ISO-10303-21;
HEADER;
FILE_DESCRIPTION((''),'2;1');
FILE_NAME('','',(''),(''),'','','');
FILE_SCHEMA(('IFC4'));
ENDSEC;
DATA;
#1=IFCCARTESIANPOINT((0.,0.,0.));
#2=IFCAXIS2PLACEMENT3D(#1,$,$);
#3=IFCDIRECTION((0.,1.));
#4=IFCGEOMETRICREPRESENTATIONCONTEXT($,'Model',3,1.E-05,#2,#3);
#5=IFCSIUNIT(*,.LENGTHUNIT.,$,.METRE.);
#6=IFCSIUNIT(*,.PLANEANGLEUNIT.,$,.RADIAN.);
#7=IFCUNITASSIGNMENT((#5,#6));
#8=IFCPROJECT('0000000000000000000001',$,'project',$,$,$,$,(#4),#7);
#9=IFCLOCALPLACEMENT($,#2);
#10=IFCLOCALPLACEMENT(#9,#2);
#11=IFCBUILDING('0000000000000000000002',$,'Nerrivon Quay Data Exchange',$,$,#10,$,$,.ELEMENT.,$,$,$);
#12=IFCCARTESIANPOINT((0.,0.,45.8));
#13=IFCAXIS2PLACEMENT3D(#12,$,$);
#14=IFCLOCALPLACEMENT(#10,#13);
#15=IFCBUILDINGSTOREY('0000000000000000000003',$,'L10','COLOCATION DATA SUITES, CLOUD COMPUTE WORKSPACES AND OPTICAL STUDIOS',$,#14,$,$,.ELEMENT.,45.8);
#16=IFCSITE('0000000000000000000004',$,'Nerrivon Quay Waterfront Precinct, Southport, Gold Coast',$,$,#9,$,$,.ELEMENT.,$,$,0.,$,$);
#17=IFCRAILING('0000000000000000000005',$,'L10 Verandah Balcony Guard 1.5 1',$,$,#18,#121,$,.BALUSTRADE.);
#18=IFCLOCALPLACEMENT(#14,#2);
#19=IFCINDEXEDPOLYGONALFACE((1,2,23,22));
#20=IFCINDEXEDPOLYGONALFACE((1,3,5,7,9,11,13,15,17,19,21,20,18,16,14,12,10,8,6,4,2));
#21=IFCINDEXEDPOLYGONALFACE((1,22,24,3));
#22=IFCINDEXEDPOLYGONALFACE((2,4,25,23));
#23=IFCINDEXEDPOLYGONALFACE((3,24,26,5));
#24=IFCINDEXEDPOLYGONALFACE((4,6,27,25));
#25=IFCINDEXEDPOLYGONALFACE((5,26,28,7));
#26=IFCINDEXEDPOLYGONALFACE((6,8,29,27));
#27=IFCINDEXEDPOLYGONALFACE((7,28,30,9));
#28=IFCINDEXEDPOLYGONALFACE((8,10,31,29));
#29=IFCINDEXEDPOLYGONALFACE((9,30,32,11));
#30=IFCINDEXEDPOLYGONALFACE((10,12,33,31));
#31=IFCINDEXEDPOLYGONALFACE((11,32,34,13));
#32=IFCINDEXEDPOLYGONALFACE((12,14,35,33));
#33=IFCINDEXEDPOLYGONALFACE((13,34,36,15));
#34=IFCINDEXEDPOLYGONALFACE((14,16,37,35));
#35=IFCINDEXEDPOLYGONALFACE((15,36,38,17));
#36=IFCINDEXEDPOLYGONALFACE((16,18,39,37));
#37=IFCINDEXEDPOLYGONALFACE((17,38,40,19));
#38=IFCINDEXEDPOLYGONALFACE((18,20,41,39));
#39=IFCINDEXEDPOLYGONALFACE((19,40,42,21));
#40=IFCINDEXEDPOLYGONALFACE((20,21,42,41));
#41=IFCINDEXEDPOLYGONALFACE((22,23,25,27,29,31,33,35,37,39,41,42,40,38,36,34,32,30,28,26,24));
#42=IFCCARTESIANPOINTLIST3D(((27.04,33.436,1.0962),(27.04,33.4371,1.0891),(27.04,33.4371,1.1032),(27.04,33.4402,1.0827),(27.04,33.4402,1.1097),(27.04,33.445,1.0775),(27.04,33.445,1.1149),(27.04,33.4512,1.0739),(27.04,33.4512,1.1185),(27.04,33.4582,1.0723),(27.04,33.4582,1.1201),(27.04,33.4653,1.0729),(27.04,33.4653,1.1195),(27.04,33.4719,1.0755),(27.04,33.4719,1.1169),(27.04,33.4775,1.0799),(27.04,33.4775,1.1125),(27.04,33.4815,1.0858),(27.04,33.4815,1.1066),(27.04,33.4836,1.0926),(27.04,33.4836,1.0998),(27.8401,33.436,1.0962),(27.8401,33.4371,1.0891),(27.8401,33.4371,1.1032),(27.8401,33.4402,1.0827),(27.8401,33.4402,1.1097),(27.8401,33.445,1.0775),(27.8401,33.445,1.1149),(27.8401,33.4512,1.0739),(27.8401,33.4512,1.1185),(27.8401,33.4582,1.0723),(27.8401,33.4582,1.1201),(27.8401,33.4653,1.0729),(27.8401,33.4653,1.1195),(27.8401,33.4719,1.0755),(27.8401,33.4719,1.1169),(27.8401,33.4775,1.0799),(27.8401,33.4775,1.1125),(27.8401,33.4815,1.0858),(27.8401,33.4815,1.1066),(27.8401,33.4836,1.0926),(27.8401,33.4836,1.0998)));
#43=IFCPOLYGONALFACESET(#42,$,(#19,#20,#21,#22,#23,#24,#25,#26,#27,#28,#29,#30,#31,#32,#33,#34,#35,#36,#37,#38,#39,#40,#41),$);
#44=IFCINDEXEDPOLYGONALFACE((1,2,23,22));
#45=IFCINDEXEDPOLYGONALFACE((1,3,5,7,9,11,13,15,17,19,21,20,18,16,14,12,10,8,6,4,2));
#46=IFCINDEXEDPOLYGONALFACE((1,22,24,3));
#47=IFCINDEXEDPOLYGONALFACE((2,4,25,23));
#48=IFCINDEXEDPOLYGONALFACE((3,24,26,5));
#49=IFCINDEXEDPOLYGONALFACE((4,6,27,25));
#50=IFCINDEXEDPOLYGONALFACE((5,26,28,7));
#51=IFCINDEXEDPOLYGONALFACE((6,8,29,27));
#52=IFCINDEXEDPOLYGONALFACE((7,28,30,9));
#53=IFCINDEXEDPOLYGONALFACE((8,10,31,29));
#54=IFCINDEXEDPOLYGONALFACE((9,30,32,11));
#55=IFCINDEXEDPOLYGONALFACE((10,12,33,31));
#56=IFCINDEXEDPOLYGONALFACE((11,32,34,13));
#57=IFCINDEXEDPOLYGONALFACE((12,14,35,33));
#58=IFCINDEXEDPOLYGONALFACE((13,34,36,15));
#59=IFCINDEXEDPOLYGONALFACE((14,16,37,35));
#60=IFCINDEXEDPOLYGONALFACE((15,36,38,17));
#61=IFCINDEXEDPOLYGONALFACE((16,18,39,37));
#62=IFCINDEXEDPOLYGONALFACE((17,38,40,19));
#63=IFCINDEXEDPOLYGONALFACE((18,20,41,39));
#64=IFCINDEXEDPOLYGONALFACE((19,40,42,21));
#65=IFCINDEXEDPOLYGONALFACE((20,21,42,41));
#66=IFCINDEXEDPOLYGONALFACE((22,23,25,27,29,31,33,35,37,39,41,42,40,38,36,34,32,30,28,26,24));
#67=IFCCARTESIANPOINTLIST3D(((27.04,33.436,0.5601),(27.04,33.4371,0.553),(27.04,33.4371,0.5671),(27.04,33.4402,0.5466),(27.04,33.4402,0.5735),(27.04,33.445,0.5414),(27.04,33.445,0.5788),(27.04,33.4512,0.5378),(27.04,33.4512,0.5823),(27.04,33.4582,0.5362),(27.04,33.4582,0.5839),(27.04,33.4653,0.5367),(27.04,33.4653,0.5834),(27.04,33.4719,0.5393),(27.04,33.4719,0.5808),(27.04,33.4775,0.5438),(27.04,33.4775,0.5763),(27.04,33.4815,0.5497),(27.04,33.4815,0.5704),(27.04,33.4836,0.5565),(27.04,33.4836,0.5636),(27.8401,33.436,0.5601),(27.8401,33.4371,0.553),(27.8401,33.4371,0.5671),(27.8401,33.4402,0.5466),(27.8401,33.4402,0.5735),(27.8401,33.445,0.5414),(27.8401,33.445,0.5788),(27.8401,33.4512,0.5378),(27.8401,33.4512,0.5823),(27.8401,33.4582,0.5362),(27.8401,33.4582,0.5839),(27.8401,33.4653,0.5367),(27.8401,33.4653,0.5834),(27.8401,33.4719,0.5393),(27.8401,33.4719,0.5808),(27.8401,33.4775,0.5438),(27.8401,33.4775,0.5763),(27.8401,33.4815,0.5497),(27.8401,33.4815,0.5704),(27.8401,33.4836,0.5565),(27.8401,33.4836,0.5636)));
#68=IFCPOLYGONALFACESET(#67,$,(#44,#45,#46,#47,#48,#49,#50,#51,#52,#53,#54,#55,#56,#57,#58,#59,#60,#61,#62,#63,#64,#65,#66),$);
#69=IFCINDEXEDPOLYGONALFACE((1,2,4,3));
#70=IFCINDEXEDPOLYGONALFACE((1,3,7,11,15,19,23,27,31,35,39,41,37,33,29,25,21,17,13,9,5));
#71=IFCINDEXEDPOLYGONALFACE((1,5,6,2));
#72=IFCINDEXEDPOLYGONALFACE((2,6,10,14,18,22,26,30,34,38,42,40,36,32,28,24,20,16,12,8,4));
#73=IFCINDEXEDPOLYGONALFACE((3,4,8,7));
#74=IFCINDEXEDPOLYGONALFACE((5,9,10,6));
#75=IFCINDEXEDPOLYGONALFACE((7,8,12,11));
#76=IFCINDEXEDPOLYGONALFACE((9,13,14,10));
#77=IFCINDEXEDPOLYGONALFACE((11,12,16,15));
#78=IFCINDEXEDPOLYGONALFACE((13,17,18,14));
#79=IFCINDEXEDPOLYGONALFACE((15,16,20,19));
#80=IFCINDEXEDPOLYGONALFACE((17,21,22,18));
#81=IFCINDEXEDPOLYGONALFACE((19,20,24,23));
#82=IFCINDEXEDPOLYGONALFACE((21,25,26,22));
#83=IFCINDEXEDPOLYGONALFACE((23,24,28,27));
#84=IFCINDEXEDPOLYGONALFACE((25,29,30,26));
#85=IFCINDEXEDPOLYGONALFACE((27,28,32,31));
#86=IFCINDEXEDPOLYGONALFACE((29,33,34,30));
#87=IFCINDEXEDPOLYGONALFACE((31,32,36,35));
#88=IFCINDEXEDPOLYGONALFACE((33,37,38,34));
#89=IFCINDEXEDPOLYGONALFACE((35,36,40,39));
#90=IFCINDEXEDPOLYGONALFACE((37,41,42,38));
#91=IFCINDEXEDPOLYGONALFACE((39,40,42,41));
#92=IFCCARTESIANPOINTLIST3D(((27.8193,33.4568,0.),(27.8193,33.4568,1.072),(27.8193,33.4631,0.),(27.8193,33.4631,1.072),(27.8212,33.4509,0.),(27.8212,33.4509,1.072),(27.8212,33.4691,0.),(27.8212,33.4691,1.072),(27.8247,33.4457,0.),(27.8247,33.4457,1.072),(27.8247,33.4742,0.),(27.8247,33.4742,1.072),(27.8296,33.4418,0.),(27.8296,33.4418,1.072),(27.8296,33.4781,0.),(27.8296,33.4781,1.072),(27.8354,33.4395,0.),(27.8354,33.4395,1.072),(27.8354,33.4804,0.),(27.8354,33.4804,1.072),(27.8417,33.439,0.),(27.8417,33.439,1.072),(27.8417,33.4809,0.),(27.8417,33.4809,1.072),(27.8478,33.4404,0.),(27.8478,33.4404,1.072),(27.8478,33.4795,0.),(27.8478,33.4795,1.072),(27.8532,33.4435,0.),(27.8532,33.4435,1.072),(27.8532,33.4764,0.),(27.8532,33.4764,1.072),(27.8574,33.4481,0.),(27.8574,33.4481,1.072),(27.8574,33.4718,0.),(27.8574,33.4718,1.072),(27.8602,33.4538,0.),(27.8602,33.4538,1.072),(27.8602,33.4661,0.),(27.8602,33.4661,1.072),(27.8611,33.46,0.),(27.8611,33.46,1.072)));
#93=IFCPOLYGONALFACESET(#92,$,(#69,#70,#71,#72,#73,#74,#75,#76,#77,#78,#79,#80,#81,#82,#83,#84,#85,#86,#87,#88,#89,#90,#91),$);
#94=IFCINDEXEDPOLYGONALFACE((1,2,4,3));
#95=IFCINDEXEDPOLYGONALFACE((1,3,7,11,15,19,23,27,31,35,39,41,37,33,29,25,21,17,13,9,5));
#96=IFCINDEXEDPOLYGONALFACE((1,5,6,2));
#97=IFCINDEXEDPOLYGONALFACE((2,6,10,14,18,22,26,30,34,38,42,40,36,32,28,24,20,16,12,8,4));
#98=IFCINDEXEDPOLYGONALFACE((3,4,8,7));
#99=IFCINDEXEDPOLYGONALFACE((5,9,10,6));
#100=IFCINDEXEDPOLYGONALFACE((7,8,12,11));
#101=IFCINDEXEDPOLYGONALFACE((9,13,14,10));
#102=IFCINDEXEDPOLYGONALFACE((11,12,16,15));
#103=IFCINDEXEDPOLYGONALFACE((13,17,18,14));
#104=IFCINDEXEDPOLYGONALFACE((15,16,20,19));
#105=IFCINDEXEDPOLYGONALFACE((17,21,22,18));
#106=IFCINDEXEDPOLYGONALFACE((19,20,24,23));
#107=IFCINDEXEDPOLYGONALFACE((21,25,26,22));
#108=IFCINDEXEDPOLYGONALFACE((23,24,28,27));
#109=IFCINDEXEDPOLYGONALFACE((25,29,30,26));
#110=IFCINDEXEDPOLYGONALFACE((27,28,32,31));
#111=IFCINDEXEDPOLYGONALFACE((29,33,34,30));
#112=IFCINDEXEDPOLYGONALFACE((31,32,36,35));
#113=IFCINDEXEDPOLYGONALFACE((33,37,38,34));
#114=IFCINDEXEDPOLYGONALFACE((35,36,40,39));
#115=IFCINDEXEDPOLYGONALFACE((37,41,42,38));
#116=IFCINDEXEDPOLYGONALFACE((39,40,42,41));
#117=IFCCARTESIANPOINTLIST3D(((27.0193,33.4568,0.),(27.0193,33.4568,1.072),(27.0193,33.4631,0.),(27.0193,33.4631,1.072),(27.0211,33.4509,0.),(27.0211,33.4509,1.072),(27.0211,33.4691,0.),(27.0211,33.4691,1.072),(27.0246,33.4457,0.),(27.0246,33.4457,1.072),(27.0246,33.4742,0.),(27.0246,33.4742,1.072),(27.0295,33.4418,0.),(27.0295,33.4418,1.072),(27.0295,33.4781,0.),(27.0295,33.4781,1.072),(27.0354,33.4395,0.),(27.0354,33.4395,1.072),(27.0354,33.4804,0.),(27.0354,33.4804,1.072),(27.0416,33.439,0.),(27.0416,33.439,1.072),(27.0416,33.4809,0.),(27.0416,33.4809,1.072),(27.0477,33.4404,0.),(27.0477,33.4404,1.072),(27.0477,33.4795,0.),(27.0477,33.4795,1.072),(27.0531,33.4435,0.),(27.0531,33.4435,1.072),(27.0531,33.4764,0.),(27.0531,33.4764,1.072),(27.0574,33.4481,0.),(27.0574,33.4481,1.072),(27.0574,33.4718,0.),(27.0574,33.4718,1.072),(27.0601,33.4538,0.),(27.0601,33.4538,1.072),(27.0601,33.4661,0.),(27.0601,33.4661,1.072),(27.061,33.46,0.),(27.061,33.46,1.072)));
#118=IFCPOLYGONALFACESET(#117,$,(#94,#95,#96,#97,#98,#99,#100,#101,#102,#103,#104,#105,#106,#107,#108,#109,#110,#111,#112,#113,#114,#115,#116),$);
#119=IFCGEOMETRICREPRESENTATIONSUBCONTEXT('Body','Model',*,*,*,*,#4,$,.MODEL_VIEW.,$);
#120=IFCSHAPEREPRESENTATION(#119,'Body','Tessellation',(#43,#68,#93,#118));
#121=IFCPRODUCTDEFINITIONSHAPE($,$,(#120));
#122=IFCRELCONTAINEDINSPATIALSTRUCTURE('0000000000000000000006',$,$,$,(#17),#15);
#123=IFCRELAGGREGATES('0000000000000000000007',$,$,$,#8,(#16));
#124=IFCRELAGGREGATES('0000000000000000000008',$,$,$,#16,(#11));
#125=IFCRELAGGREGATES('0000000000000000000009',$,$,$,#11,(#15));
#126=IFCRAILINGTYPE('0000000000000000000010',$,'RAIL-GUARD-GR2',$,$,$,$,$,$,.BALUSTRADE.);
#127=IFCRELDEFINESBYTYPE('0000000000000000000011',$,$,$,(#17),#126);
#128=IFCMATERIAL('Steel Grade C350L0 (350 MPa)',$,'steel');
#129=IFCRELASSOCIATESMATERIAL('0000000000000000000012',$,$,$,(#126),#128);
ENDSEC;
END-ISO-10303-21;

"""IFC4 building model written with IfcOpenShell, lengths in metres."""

from ifc_helpers import new_model, si_unit, direction, frame, origin, origin_2d, place, context, subcontext, project, spatial, circle, extrude, material, type_object, element, save


model = new_model("IFC4")

# Units and contexts
model_context = context("Model", 3, precision=1e-05, world=origin(), true_north=direction((0.0, 1.0)))
body_context = subcontext(model_context, "Body", "Model", "MODEL_VIEW")
ifc_project = project(units=[si_unit("LENGTHUNIT", "METRE"), si_unit("PLANEANGLEUNIT", "RADIAN")], contexts=[model_context])

# Site, building, storey
site_placement = place(None, origin())
site = spatial("IfcSite", under=ifc_project, at=site_placement, Name="Nerrivon Quay Waterfront Precinct, Southport, Gold Coast", CompositionType="ELEMENT", RefElevation=0.0)
building_placement = place(site_placement, origin())
building = spatial("IfcBuilding", under=site, at=building_placement, Name="Nerrivon Quay Data Exchange", CompositionType="ELEMENT")
storey_placement = place(building_placement, frame((0.0, 0.0, 45.8)))
storey = spatial("IfcBuildingStorey", under=building, at=storey_placement, Name="L10", Description="COLOCATION DATA SUITES, CLOUD COMPUTE WORKSPACES AND OPTICAL STUDIOS", CompositionType="ELEMENT", Elevation=45.8)

# Railing
ifc_material_1 = material(Name="Steel Grade C350L0 (350 MPa)", Category="steel")
railing_type = type_object("IfcRailingType", Name="RAIL-GUARD-GR2", PredefinedType="BALUSTRADE", material=ifc_material_1)
railing_1_placement = place(storey_placement, frame((27.8401, 33.46, 0.0)))
element("IfcRailing", 1, at=railing_1_placement, inside=storey, type_object=railing_type, Name="L10 Verandah Balcony Guard 1.5 1", PredefinedType="BALUSTRADE", context=body_context, shape_type="SweptSolid", body=[
    extrude(circle(Radius=0.0239, at=origin_2d()), frame((0.0, 0.0, 1.0962), z_axis=(-1.0, 0.0, 0.0), x_axis=(0.0, -1.0, 0.0)), (0.0, 0.0, 1.0), 0.8),
    extrude(circle(Radius=0.0239, at=origin_2d()), frame((0.0, 0.0, 0.5601), z_axis=(-1.0, 0.0, 0.0), x_axis=(0.0, -1.0, 0.0)), (0.0, 0.0, 1.0), 0.8),
    extrude(circle(Radius=0.021, at=origin_2d()), origin(), (0.0, 0.0, 1.0), 1.072),
    extrude(circle(Radius=0.021, at=origin_2d()), frame((-0.8, 0.0, 0.0)), (0.0, 0.0, 1.0), 1.072),
])

save(model, "model.ifc")
